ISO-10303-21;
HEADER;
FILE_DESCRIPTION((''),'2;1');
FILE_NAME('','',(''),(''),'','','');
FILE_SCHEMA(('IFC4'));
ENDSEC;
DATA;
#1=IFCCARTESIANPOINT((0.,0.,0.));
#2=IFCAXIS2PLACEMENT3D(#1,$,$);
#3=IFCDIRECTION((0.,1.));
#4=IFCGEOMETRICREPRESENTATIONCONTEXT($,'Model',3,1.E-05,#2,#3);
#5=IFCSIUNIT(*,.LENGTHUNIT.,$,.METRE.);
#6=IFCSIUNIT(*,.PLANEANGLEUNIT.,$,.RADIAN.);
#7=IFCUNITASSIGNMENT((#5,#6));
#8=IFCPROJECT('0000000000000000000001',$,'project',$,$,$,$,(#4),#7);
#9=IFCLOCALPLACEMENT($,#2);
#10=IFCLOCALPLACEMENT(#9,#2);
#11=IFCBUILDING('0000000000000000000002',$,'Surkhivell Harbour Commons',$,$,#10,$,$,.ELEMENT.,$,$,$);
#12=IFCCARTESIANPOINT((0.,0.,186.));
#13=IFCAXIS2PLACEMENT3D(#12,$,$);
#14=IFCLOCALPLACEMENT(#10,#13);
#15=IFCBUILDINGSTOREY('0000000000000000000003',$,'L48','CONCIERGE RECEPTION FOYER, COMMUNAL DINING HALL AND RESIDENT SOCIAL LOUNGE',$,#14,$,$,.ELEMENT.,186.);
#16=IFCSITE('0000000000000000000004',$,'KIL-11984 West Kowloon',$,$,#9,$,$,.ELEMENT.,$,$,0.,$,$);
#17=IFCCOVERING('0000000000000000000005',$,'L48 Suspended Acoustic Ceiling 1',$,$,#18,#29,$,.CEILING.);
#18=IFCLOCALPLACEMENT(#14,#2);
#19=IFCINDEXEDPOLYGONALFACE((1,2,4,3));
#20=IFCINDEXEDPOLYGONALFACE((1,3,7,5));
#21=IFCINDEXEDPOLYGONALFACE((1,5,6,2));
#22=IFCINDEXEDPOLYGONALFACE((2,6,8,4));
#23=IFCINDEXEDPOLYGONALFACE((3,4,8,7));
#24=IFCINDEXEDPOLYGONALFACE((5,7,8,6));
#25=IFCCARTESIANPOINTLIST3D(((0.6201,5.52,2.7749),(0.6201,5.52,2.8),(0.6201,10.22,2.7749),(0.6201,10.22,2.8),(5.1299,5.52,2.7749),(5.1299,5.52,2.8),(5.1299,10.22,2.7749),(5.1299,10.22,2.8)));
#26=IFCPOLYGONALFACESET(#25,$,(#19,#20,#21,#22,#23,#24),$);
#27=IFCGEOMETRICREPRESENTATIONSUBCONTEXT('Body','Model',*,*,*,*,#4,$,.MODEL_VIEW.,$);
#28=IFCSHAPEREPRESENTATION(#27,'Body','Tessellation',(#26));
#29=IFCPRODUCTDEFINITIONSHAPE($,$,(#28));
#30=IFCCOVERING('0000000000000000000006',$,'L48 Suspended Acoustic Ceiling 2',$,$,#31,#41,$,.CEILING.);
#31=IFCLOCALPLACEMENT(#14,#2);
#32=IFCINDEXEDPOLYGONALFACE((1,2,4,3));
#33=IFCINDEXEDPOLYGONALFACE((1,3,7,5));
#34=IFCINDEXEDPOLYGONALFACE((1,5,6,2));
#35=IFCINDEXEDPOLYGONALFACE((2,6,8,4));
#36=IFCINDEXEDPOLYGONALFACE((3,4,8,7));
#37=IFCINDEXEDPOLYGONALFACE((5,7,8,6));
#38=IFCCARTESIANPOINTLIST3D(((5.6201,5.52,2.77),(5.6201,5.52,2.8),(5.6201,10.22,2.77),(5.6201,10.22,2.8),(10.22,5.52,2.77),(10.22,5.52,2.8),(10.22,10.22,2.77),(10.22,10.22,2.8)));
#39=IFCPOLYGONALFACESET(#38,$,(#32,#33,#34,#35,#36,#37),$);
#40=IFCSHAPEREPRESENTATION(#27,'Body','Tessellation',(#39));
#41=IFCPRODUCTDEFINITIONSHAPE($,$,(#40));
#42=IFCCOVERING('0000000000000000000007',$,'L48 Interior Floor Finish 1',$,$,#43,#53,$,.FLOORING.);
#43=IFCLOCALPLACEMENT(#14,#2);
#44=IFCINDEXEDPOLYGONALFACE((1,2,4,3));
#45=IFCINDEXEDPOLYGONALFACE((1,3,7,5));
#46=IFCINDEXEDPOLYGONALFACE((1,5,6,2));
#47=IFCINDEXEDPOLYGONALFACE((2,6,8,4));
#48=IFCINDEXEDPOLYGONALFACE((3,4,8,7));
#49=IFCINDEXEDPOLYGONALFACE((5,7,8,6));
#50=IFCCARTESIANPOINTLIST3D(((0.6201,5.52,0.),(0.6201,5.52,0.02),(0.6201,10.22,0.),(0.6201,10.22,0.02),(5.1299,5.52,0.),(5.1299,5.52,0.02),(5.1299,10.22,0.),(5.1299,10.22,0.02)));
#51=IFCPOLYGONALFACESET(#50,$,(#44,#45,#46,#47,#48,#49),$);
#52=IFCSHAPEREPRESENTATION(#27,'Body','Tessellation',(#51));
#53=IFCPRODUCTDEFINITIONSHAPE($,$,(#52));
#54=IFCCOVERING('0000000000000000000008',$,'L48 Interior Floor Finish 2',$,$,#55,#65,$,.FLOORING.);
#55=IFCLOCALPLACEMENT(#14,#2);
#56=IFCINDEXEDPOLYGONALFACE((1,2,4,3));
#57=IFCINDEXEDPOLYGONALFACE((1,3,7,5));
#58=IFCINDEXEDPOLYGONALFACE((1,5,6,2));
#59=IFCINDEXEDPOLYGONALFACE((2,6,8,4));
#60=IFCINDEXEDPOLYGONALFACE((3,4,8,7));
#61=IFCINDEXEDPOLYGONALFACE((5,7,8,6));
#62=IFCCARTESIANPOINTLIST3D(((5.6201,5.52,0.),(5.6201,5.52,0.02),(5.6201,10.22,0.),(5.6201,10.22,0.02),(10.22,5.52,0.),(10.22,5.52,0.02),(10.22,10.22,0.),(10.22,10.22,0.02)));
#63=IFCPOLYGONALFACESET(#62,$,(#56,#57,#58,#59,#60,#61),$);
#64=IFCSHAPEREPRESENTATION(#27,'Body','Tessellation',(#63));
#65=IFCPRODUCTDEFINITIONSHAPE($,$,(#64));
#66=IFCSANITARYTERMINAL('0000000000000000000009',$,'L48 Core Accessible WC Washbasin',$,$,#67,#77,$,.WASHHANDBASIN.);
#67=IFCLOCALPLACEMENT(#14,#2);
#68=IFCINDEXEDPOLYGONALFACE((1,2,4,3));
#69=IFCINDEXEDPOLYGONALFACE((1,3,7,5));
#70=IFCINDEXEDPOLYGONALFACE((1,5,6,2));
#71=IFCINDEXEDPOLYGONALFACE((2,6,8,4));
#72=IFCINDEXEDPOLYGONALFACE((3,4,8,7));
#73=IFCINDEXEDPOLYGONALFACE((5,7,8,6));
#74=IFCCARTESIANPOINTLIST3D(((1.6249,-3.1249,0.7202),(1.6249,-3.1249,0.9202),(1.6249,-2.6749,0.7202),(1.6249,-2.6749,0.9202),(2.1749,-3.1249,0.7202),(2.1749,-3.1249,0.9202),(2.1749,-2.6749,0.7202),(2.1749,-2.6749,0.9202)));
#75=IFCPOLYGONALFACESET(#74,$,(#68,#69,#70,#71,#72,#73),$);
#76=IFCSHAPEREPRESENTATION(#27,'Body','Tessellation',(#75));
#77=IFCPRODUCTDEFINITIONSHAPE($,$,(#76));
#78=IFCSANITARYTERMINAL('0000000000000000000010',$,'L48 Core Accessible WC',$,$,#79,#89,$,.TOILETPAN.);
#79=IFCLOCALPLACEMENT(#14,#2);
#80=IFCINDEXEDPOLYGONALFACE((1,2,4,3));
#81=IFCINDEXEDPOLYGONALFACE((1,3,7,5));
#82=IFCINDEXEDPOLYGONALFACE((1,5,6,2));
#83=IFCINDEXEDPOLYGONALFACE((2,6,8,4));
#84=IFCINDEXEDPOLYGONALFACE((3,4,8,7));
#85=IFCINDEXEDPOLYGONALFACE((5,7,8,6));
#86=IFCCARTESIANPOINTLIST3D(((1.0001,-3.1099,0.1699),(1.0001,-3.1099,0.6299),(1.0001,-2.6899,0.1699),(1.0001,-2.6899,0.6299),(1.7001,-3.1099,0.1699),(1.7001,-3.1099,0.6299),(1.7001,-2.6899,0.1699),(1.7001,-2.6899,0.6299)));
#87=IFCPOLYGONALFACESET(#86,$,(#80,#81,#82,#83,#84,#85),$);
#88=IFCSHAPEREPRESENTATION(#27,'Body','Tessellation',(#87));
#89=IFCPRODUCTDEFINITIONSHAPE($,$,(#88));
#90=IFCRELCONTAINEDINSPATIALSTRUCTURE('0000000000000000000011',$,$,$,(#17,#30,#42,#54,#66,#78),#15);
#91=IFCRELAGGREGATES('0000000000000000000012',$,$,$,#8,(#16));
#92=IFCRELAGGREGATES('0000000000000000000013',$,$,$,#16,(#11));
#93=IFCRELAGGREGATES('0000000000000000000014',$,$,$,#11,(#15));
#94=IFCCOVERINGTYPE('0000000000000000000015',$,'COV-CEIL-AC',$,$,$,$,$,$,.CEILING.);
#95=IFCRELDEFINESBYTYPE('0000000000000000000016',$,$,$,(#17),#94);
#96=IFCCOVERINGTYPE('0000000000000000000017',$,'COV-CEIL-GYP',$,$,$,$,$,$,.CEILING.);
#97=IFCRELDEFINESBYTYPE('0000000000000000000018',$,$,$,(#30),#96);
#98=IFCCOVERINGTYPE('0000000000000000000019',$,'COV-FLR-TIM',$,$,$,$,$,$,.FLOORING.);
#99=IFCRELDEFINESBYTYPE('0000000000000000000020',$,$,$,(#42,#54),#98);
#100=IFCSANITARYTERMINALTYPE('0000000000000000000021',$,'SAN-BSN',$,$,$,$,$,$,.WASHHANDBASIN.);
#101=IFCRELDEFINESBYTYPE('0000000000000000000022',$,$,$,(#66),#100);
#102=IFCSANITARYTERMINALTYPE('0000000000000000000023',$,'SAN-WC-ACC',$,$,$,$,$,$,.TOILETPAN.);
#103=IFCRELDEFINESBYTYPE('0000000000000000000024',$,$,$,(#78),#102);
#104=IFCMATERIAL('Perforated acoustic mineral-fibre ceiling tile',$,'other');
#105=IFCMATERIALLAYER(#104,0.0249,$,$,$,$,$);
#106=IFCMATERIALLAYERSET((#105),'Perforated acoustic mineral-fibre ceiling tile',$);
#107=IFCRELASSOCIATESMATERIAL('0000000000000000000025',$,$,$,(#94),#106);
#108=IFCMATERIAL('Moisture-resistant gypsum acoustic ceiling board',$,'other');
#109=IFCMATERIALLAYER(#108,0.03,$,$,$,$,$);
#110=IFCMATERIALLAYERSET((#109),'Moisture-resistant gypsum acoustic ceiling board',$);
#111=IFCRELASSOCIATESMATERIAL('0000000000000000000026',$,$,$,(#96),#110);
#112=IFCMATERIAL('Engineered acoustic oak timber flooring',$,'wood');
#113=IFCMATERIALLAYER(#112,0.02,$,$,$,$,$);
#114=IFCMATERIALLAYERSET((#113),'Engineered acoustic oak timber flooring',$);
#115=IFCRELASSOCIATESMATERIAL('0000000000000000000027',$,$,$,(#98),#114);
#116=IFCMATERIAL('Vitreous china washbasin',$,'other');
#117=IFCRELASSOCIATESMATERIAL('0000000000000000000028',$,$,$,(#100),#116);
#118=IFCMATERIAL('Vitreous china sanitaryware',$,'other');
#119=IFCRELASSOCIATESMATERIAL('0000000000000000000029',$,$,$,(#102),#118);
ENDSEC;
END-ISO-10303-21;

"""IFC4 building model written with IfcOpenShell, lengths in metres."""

from ifc_helpers import new_model, si_unit, direction, frame, origin, origin_2d, place, context, subcontext, project, spatial, polyline, rectangle, outline, extrude, material, layer, layer_set, type_object, element, save


model = new_model("IFC4")

# Units and contexts
model_context = context("Model", 3, precision=1e-05, world=origin(), true_north=direction((0.0, 1.0)))
body_context = subcontext(model_context, "Body", "Model", "MODEL_VIEW")
ifc_project = project(units=[si_unit("LENGTHUNIT", "METRE"), si_unit("PLANEANGLEUNIT", "RADIAN")], contexts=[model_context])

# Site, building, storey
site_placement = place(None, origin())
site = spatial("IfcSite", under=ifc_project, at=site_placement, Name="KIL-11984 West Kowloon", CompositionType="ELEMENT", RefElevation=0.0)
building_placement = place(site_placement, origin())
building = spatial("IfcBuilding", under=site, at=building_placement, Name="Surkhivell Harbour Commons", CompositionType="ELEMENT")
storey_placement = place(building_placement, frame((0.0, 0.0, 186.0)))
storey = spatial("IfcBuildingStorey", under=building, at=storey_placement, Name="L48", Description="CONCIERGE RECEPTION FOYER, COMMUNAL DINING HALL AND RESIDENT SOCIAL LOUNGE", CompositionType="ELEMENT", Elevation=186.0)

# Coverings
ifc_material_1 = material(Name="Perforated acoustic mineral-fibre ceiling tile", Category="other")
ifc_layer_1 = layer(ifc_material_1, 0.0249)
ifc_layer_set_1 = layer_set([ifc_layer_1], Name="Perforated acoustic mineral-fibre ceiling tile")
covering_type_1 = type_object("IfcCoveringType", Name="COV-CEIL-AC", PredefinedType="CEILING", material=ifc_layer_set_1)
covering_1_placement = place(storey_placement, frame((0.0, 0.0, 2.7749)))
element("IfcCovering", 1, at=covering_1_placement, inside=storey, type_object=covering_type_1, Name="L48 Suspended Acoustic Ceiling 1", PredefinedType="CEILING", context=body_context, shape_type="SweptSolid", body=[
    extrude(outline(polyline([(0.6201, 5.52), (5.1299, 5.52), (5.1299, 10.22), (0.6201, 10.22), (0.6201, 5.52)])), origin(), (0.0, 0.0, 1.0), 0.0251),
])
ifc_material_2 = material(Name="Moisture-resistant gypsum acoustic ceiling board", Category="other")
ifc_layer_2 = layer(ifc_material_2, 0.03)
ifc_layer_set_2 = layer_set([ifc_layer_2], Name="Moisture-resistant gypsum acoustic ceiling board")
covering_type_2 = type_object("IfcCoveringType", Name="COV-CEIL-GYP", PredefinedType="CEILING", material=ifc_layer_set_2)
covering_2_placement = place(storey_placement, frame((0.0, 0.0, 2.77)))
element("IfcCovering", 2, at=covering_2_placement, inside=storey, type_object=covering_type_2, Name="L48 Suspended Acoustic Ceiling 2", PredefinedType="CEILING", context=body_context, shape_type="SweptSolid", body=[
    extrude(outline(polyline([(5.6201, 5.52), (10.22, 5.52), (10.22, 10.22), (5.6201, 10.22), (5.6201, 5.52)])), origin(), (0.0, 0.0, 1.0), 0.03),
])
ifc_material_3 = material(Name="Engineered acoustic oak timber flooring", Category="wood")
ifc_layer_3 = layer(ifc_material_3, 0.02)
ifc_layer_set_3 = layer_set([ifc_layer_3], Name="Engineered acoustic oak timber flooring")
covering_type_3 = type_object("IfcCoveringType", Name="COV-FLR-TIM", PredefinedType="FLOORING", material=ifc_layer_set_3)
covering_3_placement = place(storey_placement, origin())
element("IfcCovering", 3, at=covering_3_placement, inside=storey, type_object=covering_type_3, Name="L48 Interior Floor Finish 1", PredefinedType="FLOORING", context=body_context, shape_type="SweptSolid", body=[
    extrude(outline(polyline([(0.6201, 5.52), (5.1299, 5.52), (5.1299, 10.22), (0.6201, 10.22), (0.6201, 5.52)])), origin(), (0.0, 0.0, 1.0), 0.02),
])
covering_4_placement = place(storey_placement, origin())
element("IfcCovering", 4, at=covering_4_placement, inside=storey, type_object=covering_type_3, Name="L48 Interior Floor Finish 2", PredefinedType="FLOORING", context=body_context, shape_type="SweptSolid", body=[
    extrude(outline(polyline([(5.6201, 5.52), (10.22, 5.52), (10.22, 10.22), (5.6201, 10.22), (5.6201, 5.52)])), origin(), (0.0, 0.0, 1.0), 0.02),
])

# Sanitary terminals
ifc_material_4 = material(Name="Vitreous china washbasin", Category="other")
sanitary_terminal_type_1 = type_object("IfcSanitaryTerminalType", Name="SAN-BSN", PredefinedType="WASHHANDBASIN", material=ifc_material_4)
sanitary_terminal_1_placement = place(storey_placement, frame((1.8999, -2.8999, 0.7202), z_axis=(0.0, 0.0, 1.0), x_axis=(1.0, 0.0, 0.0)))
element("IfcSanitaryTerminal", 5, at=sanitary_terminal_1_placement, inside=storey, type_object=sanitary_terminal_type_1, Name="L48 Core Accessible WC Washbasin", PredefinedType="WASHHANDBASIN", context=body_context, shape_type="SweptSolid", body=[
    extrude(rectangle(XDim=0.55, YDim=0.45, at=origin_2d()), origin(), (0.0, 0.0, 1.0), 0.2),
])
ifc_material_5 = material(Name="Vitreous china sanitaryware", Category="other")
sanitary_terminal_type_2 = type_object("IfcSanitaryTerminalType", Name="SAN-WC-ACC", PredefinedType="TOILETPAN", material=ifc_material_5)
sanitary_terminal_2_placement = place(storey_placement, frame((1.3501, -2.8999, 0.1699), z_axis=(0.0, 0.0, 1.0), x_axis=(1.0, 0.0, 0.0)))
element("IfcSanitaryTerminal", 6, at=sanitary_terminal_2_placement, inside=storey, type_object=sanitary_terminal_type_2, Name="L48 Core Accessible WC", PredefinedType="TOILETPAN", context=body_context, shape_type="SweptSolid", body=[
    extrude(rectangle(XDim=0.7, YDim=0.4199, at=origin_2d()), origin(), (0.0, 0.0, 1.0), 0.46),
])

save(model, "model.ifc")
